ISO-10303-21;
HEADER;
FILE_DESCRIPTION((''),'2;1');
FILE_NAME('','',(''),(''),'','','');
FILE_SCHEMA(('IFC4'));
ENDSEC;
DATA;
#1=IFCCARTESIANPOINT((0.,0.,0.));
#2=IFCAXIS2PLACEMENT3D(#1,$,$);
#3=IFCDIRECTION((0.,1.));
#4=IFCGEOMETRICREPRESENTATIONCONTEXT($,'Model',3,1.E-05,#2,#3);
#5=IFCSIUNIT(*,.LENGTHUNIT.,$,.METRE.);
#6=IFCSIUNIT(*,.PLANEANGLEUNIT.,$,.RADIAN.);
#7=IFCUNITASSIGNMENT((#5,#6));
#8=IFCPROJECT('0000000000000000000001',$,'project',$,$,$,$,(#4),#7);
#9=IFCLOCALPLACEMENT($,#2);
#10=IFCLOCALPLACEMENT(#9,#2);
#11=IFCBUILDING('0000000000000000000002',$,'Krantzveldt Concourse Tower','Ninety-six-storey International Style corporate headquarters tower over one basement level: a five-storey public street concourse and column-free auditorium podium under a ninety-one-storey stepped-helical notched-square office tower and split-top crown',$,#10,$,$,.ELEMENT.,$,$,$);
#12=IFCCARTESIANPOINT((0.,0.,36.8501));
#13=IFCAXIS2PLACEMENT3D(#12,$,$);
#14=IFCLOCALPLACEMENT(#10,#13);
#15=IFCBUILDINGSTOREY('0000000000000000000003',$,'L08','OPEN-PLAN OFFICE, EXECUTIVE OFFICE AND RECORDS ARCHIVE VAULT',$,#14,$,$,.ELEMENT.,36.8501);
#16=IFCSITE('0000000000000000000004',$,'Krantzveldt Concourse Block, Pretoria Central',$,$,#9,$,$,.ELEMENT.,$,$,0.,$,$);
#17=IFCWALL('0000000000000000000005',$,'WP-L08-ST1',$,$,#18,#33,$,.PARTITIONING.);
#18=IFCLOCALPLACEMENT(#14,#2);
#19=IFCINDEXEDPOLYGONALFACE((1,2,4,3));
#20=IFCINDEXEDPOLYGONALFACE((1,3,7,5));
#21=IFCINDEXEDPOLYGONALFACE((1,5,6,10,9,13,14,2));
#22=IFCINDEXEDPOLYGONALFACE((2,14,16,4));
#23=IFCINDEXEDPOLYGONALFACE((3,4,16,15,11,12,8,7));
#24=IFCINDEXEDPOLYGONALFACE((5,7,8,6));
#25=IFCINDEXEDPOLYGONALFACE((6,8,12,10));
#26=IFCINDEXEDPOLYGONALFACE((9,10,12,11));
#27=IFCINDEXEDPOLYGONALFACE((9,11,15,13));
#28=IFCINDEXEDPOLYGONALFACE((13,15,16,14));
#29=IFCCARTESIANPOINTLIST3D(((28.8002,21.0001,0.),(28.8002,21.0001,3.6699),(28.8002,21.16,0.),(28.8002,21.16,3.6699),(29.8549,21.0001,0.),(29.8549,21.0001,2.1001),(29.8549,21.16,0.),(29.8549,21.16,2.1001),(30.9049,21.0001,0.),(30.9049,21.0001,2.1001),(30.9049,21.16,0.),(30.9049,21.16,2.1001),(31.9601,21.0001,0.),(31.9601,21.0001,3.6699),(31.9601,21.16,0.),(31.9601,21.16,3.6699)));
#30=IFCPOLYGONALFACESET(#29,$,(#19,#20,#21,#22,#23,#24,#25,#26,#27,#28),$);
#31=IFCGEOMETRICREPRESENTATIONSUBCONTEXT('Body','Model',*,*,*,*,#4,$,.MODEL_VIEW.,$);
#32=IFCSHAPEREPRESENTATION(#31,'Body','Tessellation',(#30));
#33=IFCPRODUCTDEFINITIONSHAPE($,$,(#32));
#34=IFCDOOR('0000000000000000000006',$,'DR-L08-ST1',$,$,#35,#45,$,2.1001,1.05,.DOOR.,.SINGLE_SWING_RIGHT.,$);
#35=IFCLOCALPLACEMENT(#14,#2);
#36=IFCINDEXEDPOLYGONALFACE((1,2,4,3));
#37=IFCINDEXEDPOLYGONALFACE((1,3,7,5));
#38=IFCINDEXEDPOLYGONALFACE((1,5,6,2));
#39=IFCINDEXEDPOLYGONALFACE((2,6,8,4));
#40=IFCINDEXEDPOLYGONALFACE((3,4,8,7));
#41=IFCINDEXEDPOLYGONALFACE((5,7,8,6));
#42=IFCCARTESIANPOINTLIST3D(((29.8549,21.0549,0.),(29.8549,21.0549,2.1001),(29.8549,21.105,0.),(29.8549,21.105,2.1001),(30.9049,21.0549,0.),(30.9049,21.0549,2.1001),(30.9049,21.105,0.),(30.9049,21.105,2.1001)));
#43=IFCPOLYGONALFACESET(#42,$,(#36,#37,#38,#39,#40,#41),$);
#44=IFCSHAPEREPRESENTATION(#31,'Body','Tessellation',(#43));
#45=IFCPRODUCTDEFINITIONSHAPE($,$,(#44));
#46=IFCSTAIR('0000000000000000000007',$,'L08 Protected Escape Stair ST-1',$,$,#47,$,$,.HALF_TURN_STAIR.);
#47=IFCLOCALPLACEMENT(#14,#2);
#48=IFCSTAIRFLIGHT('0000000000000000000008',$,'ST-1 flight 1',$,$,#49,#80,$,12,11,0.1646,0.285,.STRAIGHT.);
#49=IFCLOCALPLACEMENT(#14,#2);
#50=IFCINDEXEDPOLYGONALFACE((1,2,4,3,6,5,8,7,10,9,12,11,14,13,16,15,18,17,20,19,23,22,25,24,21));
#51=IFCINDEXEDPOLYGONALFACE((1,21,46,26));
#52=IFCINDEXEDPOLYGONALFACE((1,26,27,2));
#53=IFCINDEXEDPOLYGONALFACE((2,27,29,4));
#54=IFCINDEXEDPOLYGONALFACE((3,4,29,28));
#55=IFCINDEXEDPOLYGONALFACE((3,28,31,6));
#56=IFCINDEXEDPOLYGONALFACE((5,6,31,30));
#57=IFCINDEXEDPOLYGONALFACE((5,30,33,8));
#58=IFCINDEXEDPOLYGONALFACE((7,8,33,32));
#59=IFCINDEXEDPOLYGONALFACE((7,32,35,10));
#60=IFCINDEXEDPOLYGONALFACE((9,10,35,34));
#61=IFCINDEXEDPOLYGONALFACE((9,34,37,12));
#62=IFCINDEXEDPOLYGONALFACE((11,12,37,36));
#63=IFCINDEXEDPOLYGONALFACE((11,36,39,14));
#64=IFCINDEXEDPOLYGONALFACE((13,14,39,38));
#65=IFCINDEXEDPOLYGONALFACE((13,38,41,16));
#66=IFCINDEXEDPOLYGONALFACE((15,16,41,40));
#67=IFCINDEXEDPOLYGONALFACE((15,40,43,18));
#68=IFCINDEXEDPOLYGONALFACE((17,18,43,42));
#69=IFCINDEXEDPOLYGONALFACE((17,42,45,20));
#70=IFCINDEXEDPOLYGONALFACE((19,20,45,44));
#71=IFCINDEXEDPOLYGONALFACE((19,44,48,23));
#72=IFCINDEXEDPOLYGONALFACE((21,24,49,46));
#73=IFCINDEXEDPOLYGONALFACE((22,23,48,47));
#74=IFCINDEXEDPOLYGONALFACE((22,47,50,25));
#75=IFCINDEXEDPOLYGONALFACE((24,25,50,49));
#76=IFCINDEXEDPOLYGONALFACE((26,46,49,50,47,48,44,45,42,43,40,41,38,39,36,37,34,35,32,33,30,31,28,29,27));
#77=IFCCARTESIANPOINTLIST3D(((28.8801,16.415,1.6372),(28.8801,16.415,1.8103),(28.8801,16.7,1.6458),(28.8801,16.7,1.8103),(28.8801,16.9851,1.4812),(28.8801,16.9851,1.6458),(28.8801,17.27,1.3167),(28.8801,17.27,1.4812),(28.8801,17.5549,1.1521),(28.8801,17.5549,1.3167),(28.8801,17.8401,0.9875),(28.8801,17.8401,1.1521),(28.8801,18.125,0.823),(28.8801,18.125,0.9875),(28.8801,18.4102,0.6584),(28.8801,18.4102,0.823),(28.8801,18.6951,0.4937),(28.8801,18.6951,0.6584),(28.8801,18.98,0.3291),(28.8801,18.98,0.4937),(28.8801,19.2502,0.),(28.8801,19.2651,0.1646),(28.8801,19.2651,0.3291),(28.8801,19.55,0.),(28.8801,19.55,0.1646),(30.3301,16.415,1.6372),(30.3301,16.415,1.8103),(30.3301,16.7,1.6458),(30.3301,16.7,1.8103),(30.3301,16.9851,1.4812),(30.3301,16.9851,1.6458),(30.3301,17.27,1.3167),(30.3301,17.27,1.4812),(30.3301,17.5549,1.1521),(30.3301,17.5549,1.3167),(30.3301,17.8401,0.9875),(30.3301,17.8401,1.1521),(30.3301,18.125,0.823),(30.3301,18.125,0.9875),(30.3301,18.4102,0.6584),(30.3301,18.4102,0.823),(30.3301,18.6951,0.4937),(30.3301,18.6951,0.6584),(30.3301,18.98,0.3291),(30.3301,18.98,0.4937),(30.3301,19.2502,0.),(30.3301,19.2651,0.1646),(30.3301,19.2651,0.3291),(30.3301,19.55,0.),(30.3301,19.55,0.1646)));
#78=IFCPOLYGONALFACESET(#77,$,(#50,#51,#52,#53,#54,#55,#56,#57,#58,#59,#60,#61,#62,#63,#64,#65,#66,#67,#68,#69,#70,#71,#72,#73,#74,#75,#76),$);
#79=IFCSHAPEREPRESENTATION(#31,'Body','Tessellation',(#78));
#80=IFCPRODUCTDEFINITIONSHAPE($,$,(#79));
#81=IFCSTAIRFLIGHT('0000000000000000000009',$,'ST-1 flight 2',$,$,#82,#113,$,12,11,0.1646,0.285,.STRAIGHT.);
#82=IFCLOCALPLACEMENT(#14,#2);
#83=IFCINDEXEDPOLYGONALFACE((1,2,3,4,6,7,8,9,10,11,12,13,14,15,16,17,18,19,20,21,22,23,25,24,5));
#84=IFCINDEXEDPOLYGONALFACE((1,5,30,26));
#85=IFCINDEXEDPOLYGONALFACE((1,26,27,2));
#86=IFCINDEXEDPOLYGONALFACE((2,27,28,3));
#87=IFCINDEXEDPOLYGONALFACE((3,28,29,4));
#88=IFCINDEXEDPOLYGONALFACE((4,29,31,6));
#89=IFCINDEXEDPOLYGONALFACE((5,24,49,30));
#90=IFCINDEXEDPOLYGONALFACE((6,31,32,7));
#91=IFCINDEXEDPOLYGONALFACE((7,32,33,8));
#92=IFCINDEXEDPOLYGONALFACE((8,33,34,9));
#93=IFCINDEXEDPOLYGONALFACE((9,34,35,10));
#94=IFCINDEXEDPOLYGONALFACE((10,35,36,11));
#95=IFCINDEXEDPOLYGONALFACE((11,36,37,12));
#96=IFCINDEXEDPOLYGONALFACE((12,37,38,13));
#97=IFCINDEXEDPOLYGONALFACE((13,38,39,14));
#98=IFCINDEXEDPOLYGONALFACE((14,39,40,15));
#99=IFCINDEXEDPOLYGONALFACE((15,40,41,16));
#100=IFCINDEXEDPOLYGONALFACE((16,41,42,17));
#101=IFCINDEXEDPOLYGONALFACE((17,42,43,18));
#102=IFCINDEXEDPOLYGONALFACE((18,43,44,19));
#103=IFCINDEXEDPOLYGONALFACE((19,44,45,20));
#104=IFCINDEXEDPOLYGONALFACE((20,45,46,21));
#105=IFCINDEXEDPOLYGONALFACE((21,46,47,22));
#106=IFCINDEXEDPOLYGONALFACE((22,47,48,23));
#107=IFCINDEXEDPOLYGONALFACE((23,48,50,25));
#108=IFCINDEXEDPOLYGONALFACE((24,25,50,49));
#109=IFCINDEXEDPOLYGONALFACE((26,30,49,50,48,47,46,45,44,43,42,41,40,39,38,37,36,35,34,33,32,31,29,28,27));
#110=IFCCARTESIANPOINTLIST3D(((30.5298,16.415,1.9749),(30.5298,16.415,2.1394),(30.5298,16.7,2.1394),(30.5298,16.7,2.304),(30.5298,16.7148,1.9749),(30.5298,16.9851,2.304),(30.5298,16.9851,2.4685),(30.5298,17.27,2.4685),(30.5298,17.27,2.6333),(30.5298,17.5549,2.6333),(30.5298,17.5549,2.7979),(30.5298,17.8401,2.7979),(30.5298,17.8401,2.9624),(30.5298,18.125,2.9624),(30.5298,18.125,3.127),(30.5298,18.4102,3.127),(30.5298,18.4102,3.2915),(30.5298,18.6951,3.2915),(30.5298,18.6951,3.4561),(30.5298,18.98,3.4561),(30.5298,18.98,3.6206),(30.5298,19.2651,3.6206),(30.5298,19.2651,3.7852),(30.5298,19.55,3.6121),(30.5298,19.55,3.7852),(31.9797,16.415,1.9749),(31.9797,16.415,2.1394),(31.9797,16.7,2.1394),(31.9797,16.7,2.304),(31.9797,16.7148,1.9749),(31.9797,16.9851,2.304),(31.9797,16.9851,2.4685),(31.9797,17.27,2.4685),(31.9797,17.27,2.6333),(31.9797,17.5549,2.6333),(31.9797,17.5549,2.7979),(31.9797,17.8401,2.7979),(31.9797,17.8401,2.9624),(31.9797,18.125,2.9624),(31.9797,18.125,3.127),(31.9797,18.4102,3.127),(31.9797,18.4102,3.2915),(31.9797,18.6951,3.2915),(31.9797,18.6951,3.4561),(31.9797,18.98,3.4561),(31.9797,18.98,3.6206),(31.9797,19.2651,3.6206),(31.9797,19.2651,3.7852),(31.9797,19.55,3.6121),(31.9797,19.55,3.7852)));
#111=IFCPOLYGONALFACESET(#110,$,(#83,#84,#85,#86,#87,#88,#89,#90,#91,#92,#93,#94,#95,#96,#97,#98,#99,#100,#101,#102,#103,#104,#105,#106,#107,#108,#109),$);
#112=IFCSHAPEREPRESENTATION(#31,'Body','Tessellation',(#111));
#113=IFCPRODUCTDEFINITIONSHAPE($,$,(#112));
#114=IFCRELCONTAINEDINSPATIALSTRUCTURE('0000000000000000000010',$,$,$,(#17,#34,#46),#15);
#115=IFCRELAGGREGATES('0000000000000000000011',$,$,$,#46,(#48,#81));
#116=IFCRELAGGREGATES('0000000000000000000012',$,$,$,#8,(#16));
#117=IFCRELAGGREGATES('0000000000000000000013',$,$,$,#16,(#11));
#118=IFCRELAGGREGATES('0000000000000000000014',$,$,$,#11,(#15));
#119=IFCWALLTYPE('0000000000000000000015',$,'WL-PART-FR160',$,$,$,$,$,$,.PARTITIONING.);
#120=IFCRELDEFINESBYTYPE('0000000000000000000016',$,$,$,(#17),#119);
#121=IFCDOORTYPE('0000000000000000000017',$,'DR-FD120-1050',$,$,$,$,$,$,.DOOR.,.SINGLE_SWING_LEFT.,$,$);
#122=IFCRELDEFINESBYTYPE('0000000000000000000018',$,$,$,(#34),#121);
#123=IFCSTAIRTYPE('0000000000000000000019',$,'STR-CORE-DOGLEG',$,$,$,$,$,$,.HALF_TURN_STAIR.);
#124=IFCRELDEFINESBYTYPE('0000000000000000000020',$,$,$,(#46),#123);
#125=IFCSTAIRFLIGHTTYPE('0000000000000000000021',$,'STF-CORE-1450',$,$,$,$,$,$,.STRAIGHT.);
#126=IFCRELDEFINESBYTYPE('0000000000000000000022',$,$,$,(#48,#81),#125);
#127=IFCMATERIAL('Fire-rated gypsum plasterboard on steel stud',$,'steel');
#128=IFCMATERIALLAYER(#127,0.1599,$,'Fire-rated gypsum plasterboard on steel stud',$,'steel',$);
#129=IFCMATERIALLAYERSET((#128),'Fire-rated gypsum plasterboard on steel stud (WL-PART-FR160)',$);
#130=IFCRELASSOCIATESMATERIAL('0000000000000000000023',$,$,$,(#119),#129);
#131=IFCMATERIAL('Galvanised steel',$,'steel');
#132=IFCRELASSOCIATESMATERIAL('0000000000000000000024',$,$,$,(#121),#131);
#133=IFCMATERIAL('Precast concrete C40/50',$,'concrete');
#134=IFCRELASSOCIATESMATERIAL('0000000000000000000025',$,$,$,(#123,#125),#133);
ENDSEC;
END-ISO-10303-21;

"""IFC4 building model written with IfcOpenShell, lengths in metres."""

from ifc_helpers import new_model, si_unit, direction, frame, frame_2d, origin, place, context, subcontext, project, spatial, polyline, rectangle, outline, extrude, material, layer, layer_set, type_object, element, fill, aggregate, save


model = new_model("IFC4")

# Units and contexts
model_context = context("Model", 3, precision=1e-05, world=origin(), true_north=direction((0.0, 1.0)))
body_context = subcontext(model_context, "Body", "Model", "MODEL_VIEW")
ifc_project = project(units=[si_unit("LENGTHUNIT", "METRE"), si_unit("PLANEANGLEUNIT", "RADIAN")], contexts=[model_context])

# Site, building, storey
site_placement = place(None, origin())
site = spatial("IfcSite", under=ifc_project, at=site_placement, Name="Krantzveldt Concourse Block, Pretoria Central", CompositionType="ELEMENT", RefElevation=0.0)
building_placement = place(site_placement, origin())
building = spatial("IfcBuilding", under=site, at=building_placement, Name="Krantzveldt Concourse Tower", Description="Ninety-six-storey International Style corporate headquarters tower over one basement level: a five-storey public street concourse and column-free auditorium podium under a ninety-one-storey stepped-helical notched-square office tower and split-top crown", CompositionType="ELEMENT")
storey_placement = place(building_placement, frame((0.0, 0.0, 36.8501)))
storey = spatial("IfcBuildingStorey", under=building, at=storey_placement, Name="L08", Description="OPEN-PLAN OFFICE, EXECUTIVE OFFICE AND RECORDS ARCHIVE VAULT", CompositionType="ELEMENT", Elevation=36.8501)

# Shared definitions
ifc_material_1 = material(Name="Fire-rated gypsum plasterboard on steel stud", Category="steel")

# Wall, opening, door
ifc_layer_1 = layer(ifc_material_1, 0.1599, Name="Fire-rated gypsum plasterboard on steel stud", Category="steel")
ifc_layer_set_1 = layer_set([ifc_layer_1], Name="Fire-rated gypsum plasterboard on steel stud (WL-PART-FR160)")
wall_type_1 = type_object("IfcWallType", Name="WL-PART-FR160", PredefinedType="PARTITIONING", material=ifc_layer_set_1)
wall_1_placement = place(storey_placement, frame((28.8, 21.0801, 0.0), z_axis=(0.0, 0.0, 1.0), x_axis=(1.0, 0.0, 0.0)))
wall_1 = element("IfcWall", 1, at=wall_1_placement, inside=storey, type_object=wall_type_1, Name="WP-L08-ST1", PredefinedType="PARTITIONING", context=body_context, shape_type="SweptSolid", body=[
    extrude(rectangle(XDim=3.1599, YDim=0.1599, at=frame_2d((1.5801, 0.0))), origin(), (0.0, 0.0, 1.0), 3.6699),
])
opening_1_placement = place(wall_1_placement, frame((1.0549, 0.0, 0.0)))
opening_1 = element("IfcOpeningElement", 2, at=opening_1_placement, cuts=wall_1, PredefinedType="OPENING", context=body_context, shape_type="SweptSolid", body=[
    extrude(rectangle(XDim=1.05, YDim=2.1001, at=frame_2d((0.5249, 1.05))), frame((0.0, 0.0898, 0.0), z_axis=(0.0, -1.0, 0.0), x_axis=(1.0, 0.0, 0.0)), (0.0, 0.0, 1.0), 0.1799),
])
ifc_material_2 = material(Name="Galvanised steel", Category="steel")
door_type_1 = type_object("IfcDoorType", Name="DR-FD120-1050", OperationType="SINGLE_SWING_LEFT", PredefinedType="DOOR", material=ifc_material_2)
door_1_placement = place(opening_1_placement, origin())
door_1 = element("IfcDoor", 3, at=door_1_placement, inside=storey, type_object=door_type_1, Name="DR-L08-ST1", OperationType="SINGLE_SWING_RIGHT", OverallHeight=2.1001, OverallWidth=1.05, PredefinedType="DOOR", context=body_context, shape_type="SweptSolid", body=[
    extrude(rectangle(XDim=1.05, YDim=2.1001, at=frame_2d((0.5249, 1.05))), frame((0.0, 0.0249, 0.0), z_axis=(0.0, -1.0, 0.0), x_axis=(1.0, 0.0, 0.0)), (0.0, 0.0, 1.0), 0.05),
])
fill(opening_1, door_1)

# Stair, stair flights
ifc_material_3 = material(Name="Precast concrete C40/50", Category="concrete")
stair_type = type_object("IfcStairType", Name="STR-CORE-DOGLEG", PredefinedType="HALF_TURN_STAIR", material=ifc_material_3)
stair_placement = place(storey_placement, origin())
stair = element("IfcStair", 4, at=stair_placement, inside=storey, type_object=stair_type, Name="L08 Protected Escape Stair ST-1", PredefinedType="HALF_TURN_STAIR")
stair_flight_type = type_object("IfcStairFlightType", Name="STF-CORE-1450", PredefinedType="STRAIGHT", material=ifc_material_3)
stair_flight_1_placement = place(storey_placement, frame((29.605, 19.55, 0.0), z_axis=(0.0, 0.0, 1.0), x_axis=(0.0, -1.0, 0.0)))
stair_flight_1 = element("IfcStairFlight", 5, at=stair_flight_1_placement, type_object=stair_flight_type, Name="ST-1 flight 1", NumberOfRisers=12, NumberOfTreads=11, PredefinedType="STRAIGHT", RiserHeight=0.1646, TreadLength=0.285, context=body_context, shape_type="SweptSolid", body=[
    extrude(outline(polyline([(0.0, 0.0), (0.0, 0.1646), (0.2849, 0.1646), (0.2849, 0.3291), (0.5701, 0.3291), (0.5701, 0.4937), (0.855, 0.4937), (0.855, 0.6584), (1.1399, 0.6584), (1.1399, 0.823), (1.425, 0.823), (1.425, 0.9875), (1.71, 0.9875), (1.71, 1.1521), (1.9951, 1.1521), (1.9951, 1.3167), (2.28, 1.3167), (2.28, 1.4812), (2.5649, 1.4812), (2.5649, 1.6458), (2.8501, 1.6458), (2.8501, 1.8103), (3.135, 1.8103), (3.135, 1.9751), (3.135, 1.6372), (0.2998, 0.0), (0.0, 0.0)])), frame((0.0, 0.7251, 0.0), z_axis=(0.0, -1.0, 0.0), x_axis=(1.0, 0.0, 0.0)), (0.0, 0.0, 1.0), 1.45),
])
stair_flight_2_placement = place(storey_placement, frame((31.2549, 16.415, 1.9749), z_axis=(0.0, 0.0, 1.0), x_axis=(0.0, 1.0, 0.0)))
stair_flight_2 = element("IfcStairFlight", 6, at=stair_flight_2_placement, type_object=stair_flight_type, Name="ST-1 flight 2", NumberOfRisers=12, NumberOfTreads=11, PredefinedType="STRAIGHT", RiserHeight=0.1646, TreadLength=0.285, context=body_context, shape_type="SweptSolid", body=[
    extrude(outline(polyline([(0.0, 0.0), (0.0, 0.1646), (0.2849, 0.1646), (0.2849, 0.3291), (0.5701, 0.3291), (0.5701, 0.4937), (0.855, 0.4937), (0.855, 0.6584), (1.1399, 0.6584), (1.1399, 0.823), (1.425, 0.823), (1.425, 0.9875), (1.71, 0.9875), (1.71, 1.1521), (1.9951, 1.1521), (1.9951, 1.3167), (2.28, 1.3167), (2.28, 1.4812), (2.5649, 1.4812), (2.5649, 1.6458), (2.8501, 1.6458), (2.8501, 1.8103), (3.135, 1.8103), (3.135, 1.9751), (3.135, 1.6372), (0.2998, 0.0), (0.0, 0.0)])), frame((0.0, 0.7251, 0.0), z_axis=(0.0, -1.0, 0.0), x_axis=(1.0, 0.0, 0.0)), (0.0, 0.0, 1.0), 1.45),
])
aggregate(stair, [stair_flight_1, stair_flight_2])

save(model, "model.ifc")
